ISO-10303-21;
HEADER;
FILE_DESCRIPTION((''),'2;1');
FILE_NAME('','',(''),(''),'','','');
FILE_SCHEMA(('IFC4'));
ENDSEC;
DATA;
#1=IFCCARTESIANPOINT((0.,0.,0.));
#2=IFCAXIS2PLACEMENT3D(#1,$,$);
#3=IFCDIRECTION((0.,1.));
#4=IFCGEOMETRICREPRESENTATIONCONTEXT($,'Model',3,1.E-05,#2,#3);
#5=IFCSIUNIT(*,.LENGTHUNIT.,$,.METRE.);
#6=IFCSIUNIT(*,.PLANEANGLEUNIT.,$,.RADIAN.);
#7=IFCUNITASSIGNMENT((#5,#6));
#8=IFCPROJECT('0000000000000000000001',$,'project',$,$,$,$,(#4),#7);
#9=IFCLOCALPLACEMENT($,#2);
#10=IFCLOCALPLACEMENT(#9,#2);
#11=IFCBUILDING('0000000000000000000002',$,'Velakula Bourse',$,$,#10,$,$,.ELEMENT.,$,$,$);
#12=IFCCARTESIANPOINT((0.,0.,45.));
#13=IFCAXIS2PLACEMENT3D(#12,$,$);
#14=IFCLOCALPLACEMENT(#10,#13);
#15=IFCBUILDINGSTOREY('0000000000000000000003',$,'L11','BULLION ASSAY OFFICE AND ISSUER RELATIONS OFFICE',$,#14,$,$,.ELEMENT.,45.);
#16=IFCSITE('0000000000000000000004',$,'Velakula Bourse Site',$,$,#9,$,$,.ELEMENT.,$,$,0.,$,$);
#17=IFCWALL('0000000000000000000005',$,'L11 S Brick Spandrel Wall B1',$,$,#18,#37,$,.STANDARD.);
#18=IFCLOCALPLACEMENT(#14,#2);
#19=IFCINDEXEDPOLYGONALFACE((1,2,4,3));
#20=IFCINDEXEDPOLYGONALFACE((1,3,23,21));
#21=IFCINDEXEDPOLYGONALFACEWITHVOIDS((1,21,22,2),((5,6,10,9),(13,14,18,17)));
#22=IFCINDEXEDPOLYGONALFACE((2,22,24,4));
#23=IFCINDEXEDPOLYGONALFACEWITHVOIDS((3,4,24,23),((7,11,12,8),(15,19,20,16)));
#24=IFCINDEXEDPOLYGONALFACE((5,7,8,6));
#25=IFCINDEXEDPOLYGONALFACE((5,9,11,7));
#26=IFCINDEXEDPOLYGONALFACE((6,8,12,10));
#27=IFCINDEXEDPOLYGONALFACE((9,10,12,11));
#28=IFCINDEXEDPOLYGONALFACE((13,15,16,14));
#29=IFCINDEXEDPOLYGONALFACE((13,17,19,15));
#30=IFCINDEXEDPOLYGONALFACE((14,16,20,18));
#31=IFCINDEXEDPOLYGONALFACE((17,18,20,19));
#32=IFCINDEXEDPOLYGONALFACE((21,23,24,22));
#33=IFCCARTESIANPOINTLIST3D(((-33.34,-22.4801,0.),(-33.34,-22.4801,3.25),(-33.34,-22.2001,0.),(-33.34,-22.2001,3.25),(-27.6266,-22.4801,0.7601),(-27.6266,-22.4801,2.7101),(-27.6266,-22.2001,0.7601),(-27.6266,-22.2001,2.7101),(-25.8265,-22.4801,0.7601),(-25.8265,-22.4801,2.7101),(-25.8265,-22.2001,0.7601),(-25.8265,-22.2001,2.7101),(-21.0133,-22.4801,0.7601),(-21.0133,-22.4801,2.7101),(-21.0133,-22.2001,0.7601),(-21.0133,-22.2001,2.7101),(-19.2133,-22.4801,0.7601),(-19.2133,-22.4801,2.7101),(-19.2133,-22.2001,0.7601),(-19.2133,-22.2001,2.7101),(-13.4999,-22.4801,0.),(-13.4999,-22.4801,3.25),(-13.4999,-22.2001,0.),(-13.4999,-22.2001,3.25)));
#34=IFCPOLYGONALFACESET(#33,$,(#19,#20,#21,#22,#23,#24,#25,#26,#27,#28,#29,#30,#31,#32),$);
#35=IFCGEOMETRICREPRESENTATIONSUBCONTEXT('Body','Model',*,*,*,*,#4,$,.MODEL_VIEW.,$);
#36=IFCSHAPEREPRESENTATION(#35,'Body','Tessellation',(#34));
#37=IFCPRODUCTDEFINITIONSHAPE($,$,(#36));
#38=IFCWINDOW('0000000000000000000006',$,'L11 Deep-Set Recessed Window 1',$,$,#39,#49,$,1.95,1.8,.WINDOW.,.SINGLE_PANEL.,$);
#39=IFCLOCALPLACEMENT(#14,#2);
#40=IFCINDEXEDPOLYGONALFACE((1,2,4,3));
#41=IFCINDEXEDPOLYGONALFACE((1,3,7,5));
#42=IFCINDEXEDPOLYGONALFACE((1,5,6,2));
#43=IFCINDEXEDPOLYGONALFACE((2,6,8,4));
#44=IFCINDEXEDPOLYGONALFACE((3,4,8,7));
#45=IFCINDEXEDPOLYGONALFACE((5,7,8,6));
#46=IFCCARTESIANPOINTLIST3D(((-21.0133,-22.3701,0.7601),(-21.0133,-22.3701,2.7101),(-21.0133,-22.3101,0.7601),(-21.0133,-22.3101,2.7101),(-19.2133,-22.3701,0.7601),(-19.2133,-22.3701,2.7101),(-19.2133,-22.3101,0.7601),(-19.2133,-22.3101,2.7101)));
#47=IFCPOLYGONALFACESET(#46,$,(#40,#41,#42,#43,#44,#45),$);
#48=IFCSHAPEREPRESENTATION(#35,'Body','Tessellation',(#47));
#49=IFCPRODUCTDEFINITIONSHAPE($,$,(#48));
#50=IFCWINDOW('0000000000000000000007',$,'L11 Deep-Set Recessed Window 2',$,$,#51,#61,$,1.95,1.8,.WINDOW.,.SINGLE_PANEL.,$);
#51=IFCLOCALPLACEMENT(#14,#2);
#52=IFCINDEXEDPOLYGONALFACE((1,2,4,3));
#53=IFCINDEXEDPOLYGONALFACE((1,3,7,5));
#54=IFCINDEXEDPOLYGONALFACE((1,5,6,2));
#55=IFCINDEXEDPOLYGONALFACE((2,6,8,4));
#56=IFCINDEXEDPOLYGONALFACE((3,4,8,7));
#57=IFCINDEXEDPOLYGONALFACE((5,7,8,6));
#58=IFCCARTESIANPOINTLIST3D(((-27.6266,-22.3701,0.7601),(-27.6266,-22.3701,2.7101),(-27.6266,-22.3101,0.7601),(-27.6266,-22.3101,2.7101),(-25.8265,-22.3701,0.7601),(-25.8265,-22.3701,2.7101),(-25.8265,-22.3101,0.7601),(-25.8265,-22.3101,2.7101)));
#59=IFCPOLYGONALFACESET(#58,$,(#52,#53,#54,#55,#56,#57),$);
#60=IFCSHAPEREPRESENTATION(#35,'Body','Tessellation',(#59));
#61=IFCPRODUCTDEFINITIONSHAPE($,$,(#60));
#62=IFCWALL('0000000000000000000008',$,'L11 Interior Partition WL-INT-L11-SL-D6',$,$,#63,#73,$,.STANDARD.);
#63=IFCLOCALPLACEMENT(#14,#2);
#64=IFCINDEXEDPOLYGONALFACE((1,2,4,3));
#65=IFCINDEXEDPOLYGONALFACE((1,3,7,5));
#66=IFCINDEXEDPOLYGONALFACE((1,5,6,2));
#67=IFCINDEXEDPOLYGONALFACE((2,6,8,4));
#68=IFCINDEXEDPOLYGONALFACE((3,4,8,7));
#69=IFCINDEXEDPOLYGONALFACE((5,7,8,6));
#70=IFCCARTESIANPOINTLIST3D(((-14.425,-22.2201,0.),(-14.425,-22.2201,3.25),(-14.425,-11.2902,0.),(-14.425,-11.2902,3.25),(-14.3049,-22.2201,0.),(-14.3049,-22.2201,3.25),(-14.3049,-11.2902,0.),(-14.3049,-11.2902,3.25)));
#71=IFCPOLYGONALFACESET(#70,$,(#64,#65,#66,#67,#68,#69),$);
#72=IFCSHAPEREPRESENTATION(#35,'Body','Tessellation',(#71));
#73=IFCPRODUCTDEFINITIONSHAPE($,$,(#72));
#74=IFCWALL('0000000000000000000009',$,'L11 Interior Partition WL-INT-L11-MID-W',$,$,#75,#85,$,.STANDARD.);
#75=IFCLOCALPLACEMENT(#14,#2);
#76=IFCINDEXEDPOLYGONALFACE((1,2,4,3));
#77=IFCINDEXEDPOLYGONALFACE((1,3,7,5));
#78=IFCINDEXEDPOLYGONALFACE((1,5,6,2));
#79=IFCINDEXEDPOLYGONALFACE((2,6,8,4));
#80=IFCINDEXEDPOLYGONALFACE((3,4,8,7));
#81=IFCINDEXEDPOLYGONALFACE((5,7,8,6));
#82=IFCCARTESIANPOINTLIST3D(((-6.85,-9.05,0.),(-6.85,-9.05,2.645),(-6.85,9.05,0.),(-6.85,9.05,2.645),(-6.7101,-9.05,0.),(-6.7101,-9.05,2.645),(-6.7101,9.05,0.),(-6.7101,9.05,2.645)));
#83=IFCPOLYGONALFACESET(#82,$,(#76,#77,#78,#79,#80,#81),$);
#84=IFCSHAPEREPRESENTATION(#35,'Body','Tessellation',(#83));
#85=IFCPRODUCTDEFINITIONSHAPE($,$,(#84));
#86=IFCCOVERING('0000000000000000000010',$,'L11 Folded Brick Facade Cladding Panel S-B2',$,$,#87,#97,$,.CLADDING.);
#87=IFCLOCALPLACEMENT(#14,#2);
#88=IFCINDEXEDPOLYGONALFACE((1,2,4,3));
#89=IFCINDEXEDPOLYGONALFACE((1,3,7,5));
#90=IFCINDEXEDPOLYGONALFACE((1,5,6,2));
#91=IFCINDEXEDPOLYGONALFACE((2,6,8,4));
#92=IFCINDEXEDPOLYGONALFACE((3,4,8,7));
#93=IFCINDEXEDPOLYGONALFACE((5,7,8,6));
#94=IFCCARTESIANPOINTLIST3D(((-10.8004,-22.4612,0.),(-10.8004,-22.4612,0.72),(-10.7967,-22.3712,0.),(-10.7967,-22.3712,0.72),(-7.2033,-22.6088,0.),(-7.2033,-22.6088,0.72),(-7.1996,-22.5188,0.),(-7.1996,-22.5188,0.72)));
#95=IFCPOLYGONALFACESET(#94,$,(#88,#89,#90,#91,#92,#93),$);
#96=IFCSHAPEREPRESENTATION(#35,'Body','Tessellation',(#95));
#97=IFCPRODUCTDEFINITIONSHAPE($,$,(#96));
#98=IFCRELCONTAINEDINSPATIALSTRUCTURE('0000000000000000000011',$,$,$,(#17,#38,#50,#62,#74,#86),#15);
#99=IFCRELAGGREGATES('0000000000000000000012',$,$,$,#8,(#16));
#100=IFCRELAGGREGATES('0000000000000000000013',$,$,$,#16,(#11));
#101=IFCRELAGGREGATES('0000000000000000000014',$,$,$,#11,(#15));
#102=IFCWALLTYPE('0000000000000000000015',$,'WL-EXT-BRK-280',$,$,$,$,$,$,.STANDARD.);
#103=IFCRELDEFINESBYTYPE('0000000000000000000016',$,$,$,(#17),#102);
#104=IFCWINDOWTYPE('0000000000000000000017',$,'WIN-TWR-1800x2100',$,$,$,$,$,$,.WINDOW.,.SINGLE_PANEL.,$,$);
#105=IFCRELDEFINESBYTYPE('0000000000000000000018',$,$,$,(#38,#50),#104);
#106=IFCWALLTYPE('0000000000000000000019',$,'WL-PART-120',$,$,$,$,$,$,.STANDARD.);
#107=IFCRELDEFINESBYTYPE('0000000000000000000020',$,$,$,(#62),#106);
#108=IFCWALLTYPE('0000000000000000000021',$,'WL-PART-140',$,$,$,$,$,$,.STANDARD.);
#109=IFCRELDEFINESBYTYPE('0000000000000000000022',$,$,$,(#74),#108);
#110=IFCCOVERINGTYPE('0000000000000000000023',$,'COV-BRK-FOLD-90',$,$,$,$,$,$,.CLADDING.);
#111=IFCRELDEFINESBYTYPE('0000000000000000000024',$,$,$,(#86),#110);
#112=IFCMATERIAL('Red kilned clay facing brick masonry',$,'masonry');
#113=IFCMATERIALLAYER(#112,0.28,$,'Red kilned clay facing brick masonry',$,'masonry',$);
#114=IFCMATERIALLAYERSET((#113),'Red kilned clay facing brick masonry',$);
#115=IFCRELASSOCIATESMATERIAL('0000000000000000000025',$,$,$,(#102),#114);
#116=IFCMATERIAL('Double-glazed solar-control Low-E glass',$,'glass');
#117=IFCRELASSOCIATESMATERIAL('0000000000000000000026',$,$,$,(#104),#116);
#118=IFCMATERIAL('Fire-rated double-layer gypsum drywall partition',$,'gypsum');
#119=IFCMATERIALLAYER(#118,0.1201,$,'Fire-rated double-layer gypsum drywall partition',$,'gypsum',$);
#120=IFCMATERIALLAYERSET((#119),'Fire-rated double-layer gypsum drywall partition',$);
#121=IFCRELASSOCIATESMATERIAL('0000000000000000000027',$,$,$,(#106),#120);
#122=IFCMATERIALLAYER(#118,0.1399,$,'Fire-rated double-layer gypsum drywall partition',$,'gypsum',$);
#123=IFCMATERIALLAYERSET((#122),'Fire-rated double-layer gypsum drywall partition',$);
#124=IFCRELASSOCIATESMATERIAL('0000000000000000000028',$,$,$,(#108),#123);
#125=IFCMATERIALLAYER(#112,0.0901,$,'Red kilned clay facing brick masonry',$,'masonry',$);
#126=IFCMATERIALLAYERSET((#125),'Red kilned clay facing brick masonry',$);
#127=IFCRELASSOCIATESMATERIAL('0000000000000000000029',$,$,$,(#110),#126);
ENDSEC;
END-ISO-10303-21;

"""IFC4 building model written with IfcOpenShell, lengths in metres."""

from ifc_helpers import new_model, si_unit, direction, frame, frame_2d, origin, origin_2d, place, context, subcontext, project, spatial, rectangle, extrude, material, layer, layer_set, type_object, element, fill, save


model = new_model("IFC4")

# Units and contexts
model_context = context("Model", 3, precision=1e-05, world=origin(), true_north=direction((0.0, 1.0)))
body_context = subcontext(model_context, "Body", "Model", "MODEL_VIEW")
ifc_project = project(units=[si_unit("LENGTHUNIT", "METRE"), si_unit("PLANEANGLEUNIT", "RADIAN")], contexts=[model_context])

# Site, building, storey
site_placement = place(None, origin())
site = spatial("IfcSite", under=ifc_project, at=site_placement, Name="Velakula Bourse Site", CompositionType="ELEMENT", RefElevation=0.0)
building_placement = place(site_placement, origin())
building = spatial("IfcBuilding", under=site, at=building_placement, Name="Velakula Bourse", CompositionType="ELEMENT")
storey_placement = place(building_placement, frame((0.0, 0.0, 45.0)))
storey = spatial("IfcBuildingStorey", under=building, at=storey_placement, Name="L11", Description="BULLION ASSAY OFFICE AND ISSUER RELATIONS OFFICE", CompositionType="ELEMENT", Elevation=45.0)

# Wall, openings, windows
ifc_material_1 = material(Name="Red kilned clay facing brick masonry", Category="masonry")
ifc_layer_1 = layer(ifc_material_1, 0.28, Name="Red kilned clay facing brick masonry", Category="masonry")
ifc_layer_set_1 = layer_set([ifc_layer_1], Name="Red kilned clay facing brick masonry")
wall_type_1 = type_object("IfcWallType", Name="WL-EXT-BRK-280", PredefinedType="STANDARD", material=ifc_layer_set_1)
wall_1_placement = place(storey_placement, frame((-13.5, -22.3401, 0.0), z_axis=(0.0, 0.0, 1.0), x_axis=(-1.0, 0.0, 0.0)))
wall_1 = element("IfcWall", 1, at=wall_1_placement, inside=storey, type_object=wall_type_1, Name="L11 S Brick Spandrel Wall B1", PredefinedType="STANDARD", context=body_context, shape_type="SweptSolid", body=[
    extrude(rectangle(XDim=19.8401, YDim=0.28, at=frame_2d((9.9199, 0.0))), origin(), (0.0, 0.0, 1.0), 3.25),
])
opening_1_placement = place(wall_1_placement, frame((5.7134, 0.0, 0.76)))
opening_1 = element("IfcOpeningElement", 2, at=opening_1_placement, cuts=wall_1, PredefinedType="OPENING", context=body_context, shape_type="SweptSolid", body=[
    extrude(rectangle(XDim=1.8, YDim=1.95, at=frame_2d((0.8999, 0.9751))), frame((0.0, 0.1499, 0.0), z_axis=(0.0, -1.0, 0.0), x_axis=(1.0, 0.0, 0.0)), (0.0, 0.0, 1.0), 0.3),
])
opening_2_placement = place(wall_1_placement, frame((12.3267, 0.0, 0.76)))
opening_2 = element("IfcOpeningElement", 3, at=opening_2_placement, cuts=wall_1, PredefinedType="OPENING", context=body_context, shape_type="SweptSolid", body=[
    extrude(rectangle(XDim=1.8, YDim=1.95, at=frame_2d((0.8999, 0.9751))), frame((0.0, 0.1499, 0.0), z_axis=(0.0, -1.0, 0.0), x_axis=(1.0, 0.0, 0.0)), (0.0, 0.0, 1.0), 0.3),
])
ifc_material_2 = material(Name="Double-glazed solar-control Low-E glass", Category="glass")
window_type = type_object("IfcWindowType", Name="WIN-TWR-1800x2100", PartitioningType="SINGLE_PANEL", PredefinedType="WINDOW", material=ifc_material_2)
window_1_placement = place(opening_1_placement, origin())
window_1 = element("IfcWindow", 4, at=window_1_placement, inside=storey, type_object=window_type, Name="L11 Deep-Set Recessed Window 1", OverallHeight=1.95, OverallWidth=1.8, PartitioningType="SINGLE_PANEL", PredefinedType="WINDOW", context=body_context, shape_type="SweptSolid", body=[
    extrude(rectangle(XDim=1.8, YDim=1.95, at=frame_2d((0.8999, 0.9751))), frame((0.0, 0.03, 0.0), z_axis=(0.0, -1.0, 0.0), x_axis=(1.0, 0.0, 0.0)), (0.0, 0.0, 1.0), 0.0601),
])
fill(opening_1, window_1)
window_2_placement = place(opening_2_placement, origin())
window_2 = element("IfcWindow", 5, at=window_2_placement, inside=storey, type_object=window_type, Name="L11 Deep-Set Recessed Window 2", OverallHeight=1.95, OverallWidth=1.8, PartitioningType="SINGLE_PANEL", PredefinedType="WINDOW", context=body_context, shape_type="SweptSolid", body=[
    extrude(rectangle(XDim=1.8, YDim=1.95, at=frame_2d((0.8999, 0.9751))), frame((0.0, 0.03, 0.0), z_axis=(0.0, -1.0, 0.0), x_axis=(1.0, 0.0, 0.0)), (0.0, 0.0, 1.0), 0.0601),
])
fill(opening_2, window_2)

# Walls
ifc_material_3 = material(Name="Fire-rated double-layer gypsum drywall partition", Category="gypsum")
ifc_layer_2 = layer(ifc_material_3, 0.1201, Name="Fire-rated double-layer gypsum drywall partition", Category="gypsum")
ifc_layer_set_2 = layer_set([ifc_layer_2], Name="Fire-rated double-layer gypsum drywall partition")
wall_type_2 = type_object("IfcWallType", Name="WL-PART-120", PredefinedType="STANDARD", material=ifc_layer_set_2)
wall_2_placement = place(storey_placement, frame((-14.365, -22.22, 0.0), z_axis=(0.0, 0.0, 1.0), x_axis=(0.0, 1.0, 0.0)))
element("IfcWall", 6, at=wall_2_placement, inside=storey, type_object=wall_type_2, Name="L11 Interior Partition WL-INT-L11-SL-D6", PredefinedType="STANDARD", context=body_context, shape_type="SweptSolid", body=[
    extrude(rectangle(XDim=10.9299, YDim=0.1201, at=frame_2d((5.4648, 0.0))), origin(), (0.0, 0.0, 1.0), 3.25),
])
ifc_layer_3 = layer(ifc_material_3, 0.1399, Name="Fire-rated double-layer gypsum drywall partition", Category="gypsum")
ifc_layer_set_3 = layer_set([ifc_layer_3], Name="Fire-rated double-layer gypsum drywall partition")
wall_type_3 = type_object("IfcWallType", Name="WL-PART-140", PredefinedType="STANDARD", material=ifc_layer_set_3)
wall_3_placement = place(storey_placement, frame((-6.78, -9.05, 0.0), z_axis=(0.0, 0.0, 1.0), x_axis=(0.0, 1.0, 0.0)))
element("IfcWall", 7, at=wall_3_placement, inside=storey, type_object=wall_type_3, Name="L11 Interior Partition WL-INT-L11-MID-W", PredefinedType="STANDARD", context=body_context, shape_type="SweptSolid", body=[
    extrude(rectangle(XDim=18.1001, YDim=0.1399, at=frame_2d((9.05, 0.0))), origin(), (0.0, 0.0, 1.0), 2.645),
])

# Covering
ifc_layer_4 = layer(ifc_material_1, 0.0901, Name="Red kilned clay facing brick masonry", Category="masonry")
ifc_layer_set_4 = layer_set([ifc_layer_4], Name="Red kilned clay facing brick masonry")
covering_type = type_object("IfcCoveringType", Name="COV-BRK-FOLD-90", PredefinedType="CLADDING", material=ifc_layer_set_4)
covering_placement = place(storey_placement, frame((-9.0, -22.49, 0.0), z_axis=(0.0, 0.0, 1.0), x_axis=(0.999159, -0.041004, 0.0)))
element("IfcCovering", 8, at=covering_placement, inside=storey, type_object=covering_type, Name="L11 Folded Brick Facade Cladding Panel S-B2", PredefinedType="CLADDING", context=body_context, shape_type="SweptSolid", body=[
    extrude(rectangle(XDim=3.6001, YDim=0.0901, at=origin_2d()), origin(), (0.0, 0.0, 1.0), 0.72),
])

save(model, "model.ifc")
